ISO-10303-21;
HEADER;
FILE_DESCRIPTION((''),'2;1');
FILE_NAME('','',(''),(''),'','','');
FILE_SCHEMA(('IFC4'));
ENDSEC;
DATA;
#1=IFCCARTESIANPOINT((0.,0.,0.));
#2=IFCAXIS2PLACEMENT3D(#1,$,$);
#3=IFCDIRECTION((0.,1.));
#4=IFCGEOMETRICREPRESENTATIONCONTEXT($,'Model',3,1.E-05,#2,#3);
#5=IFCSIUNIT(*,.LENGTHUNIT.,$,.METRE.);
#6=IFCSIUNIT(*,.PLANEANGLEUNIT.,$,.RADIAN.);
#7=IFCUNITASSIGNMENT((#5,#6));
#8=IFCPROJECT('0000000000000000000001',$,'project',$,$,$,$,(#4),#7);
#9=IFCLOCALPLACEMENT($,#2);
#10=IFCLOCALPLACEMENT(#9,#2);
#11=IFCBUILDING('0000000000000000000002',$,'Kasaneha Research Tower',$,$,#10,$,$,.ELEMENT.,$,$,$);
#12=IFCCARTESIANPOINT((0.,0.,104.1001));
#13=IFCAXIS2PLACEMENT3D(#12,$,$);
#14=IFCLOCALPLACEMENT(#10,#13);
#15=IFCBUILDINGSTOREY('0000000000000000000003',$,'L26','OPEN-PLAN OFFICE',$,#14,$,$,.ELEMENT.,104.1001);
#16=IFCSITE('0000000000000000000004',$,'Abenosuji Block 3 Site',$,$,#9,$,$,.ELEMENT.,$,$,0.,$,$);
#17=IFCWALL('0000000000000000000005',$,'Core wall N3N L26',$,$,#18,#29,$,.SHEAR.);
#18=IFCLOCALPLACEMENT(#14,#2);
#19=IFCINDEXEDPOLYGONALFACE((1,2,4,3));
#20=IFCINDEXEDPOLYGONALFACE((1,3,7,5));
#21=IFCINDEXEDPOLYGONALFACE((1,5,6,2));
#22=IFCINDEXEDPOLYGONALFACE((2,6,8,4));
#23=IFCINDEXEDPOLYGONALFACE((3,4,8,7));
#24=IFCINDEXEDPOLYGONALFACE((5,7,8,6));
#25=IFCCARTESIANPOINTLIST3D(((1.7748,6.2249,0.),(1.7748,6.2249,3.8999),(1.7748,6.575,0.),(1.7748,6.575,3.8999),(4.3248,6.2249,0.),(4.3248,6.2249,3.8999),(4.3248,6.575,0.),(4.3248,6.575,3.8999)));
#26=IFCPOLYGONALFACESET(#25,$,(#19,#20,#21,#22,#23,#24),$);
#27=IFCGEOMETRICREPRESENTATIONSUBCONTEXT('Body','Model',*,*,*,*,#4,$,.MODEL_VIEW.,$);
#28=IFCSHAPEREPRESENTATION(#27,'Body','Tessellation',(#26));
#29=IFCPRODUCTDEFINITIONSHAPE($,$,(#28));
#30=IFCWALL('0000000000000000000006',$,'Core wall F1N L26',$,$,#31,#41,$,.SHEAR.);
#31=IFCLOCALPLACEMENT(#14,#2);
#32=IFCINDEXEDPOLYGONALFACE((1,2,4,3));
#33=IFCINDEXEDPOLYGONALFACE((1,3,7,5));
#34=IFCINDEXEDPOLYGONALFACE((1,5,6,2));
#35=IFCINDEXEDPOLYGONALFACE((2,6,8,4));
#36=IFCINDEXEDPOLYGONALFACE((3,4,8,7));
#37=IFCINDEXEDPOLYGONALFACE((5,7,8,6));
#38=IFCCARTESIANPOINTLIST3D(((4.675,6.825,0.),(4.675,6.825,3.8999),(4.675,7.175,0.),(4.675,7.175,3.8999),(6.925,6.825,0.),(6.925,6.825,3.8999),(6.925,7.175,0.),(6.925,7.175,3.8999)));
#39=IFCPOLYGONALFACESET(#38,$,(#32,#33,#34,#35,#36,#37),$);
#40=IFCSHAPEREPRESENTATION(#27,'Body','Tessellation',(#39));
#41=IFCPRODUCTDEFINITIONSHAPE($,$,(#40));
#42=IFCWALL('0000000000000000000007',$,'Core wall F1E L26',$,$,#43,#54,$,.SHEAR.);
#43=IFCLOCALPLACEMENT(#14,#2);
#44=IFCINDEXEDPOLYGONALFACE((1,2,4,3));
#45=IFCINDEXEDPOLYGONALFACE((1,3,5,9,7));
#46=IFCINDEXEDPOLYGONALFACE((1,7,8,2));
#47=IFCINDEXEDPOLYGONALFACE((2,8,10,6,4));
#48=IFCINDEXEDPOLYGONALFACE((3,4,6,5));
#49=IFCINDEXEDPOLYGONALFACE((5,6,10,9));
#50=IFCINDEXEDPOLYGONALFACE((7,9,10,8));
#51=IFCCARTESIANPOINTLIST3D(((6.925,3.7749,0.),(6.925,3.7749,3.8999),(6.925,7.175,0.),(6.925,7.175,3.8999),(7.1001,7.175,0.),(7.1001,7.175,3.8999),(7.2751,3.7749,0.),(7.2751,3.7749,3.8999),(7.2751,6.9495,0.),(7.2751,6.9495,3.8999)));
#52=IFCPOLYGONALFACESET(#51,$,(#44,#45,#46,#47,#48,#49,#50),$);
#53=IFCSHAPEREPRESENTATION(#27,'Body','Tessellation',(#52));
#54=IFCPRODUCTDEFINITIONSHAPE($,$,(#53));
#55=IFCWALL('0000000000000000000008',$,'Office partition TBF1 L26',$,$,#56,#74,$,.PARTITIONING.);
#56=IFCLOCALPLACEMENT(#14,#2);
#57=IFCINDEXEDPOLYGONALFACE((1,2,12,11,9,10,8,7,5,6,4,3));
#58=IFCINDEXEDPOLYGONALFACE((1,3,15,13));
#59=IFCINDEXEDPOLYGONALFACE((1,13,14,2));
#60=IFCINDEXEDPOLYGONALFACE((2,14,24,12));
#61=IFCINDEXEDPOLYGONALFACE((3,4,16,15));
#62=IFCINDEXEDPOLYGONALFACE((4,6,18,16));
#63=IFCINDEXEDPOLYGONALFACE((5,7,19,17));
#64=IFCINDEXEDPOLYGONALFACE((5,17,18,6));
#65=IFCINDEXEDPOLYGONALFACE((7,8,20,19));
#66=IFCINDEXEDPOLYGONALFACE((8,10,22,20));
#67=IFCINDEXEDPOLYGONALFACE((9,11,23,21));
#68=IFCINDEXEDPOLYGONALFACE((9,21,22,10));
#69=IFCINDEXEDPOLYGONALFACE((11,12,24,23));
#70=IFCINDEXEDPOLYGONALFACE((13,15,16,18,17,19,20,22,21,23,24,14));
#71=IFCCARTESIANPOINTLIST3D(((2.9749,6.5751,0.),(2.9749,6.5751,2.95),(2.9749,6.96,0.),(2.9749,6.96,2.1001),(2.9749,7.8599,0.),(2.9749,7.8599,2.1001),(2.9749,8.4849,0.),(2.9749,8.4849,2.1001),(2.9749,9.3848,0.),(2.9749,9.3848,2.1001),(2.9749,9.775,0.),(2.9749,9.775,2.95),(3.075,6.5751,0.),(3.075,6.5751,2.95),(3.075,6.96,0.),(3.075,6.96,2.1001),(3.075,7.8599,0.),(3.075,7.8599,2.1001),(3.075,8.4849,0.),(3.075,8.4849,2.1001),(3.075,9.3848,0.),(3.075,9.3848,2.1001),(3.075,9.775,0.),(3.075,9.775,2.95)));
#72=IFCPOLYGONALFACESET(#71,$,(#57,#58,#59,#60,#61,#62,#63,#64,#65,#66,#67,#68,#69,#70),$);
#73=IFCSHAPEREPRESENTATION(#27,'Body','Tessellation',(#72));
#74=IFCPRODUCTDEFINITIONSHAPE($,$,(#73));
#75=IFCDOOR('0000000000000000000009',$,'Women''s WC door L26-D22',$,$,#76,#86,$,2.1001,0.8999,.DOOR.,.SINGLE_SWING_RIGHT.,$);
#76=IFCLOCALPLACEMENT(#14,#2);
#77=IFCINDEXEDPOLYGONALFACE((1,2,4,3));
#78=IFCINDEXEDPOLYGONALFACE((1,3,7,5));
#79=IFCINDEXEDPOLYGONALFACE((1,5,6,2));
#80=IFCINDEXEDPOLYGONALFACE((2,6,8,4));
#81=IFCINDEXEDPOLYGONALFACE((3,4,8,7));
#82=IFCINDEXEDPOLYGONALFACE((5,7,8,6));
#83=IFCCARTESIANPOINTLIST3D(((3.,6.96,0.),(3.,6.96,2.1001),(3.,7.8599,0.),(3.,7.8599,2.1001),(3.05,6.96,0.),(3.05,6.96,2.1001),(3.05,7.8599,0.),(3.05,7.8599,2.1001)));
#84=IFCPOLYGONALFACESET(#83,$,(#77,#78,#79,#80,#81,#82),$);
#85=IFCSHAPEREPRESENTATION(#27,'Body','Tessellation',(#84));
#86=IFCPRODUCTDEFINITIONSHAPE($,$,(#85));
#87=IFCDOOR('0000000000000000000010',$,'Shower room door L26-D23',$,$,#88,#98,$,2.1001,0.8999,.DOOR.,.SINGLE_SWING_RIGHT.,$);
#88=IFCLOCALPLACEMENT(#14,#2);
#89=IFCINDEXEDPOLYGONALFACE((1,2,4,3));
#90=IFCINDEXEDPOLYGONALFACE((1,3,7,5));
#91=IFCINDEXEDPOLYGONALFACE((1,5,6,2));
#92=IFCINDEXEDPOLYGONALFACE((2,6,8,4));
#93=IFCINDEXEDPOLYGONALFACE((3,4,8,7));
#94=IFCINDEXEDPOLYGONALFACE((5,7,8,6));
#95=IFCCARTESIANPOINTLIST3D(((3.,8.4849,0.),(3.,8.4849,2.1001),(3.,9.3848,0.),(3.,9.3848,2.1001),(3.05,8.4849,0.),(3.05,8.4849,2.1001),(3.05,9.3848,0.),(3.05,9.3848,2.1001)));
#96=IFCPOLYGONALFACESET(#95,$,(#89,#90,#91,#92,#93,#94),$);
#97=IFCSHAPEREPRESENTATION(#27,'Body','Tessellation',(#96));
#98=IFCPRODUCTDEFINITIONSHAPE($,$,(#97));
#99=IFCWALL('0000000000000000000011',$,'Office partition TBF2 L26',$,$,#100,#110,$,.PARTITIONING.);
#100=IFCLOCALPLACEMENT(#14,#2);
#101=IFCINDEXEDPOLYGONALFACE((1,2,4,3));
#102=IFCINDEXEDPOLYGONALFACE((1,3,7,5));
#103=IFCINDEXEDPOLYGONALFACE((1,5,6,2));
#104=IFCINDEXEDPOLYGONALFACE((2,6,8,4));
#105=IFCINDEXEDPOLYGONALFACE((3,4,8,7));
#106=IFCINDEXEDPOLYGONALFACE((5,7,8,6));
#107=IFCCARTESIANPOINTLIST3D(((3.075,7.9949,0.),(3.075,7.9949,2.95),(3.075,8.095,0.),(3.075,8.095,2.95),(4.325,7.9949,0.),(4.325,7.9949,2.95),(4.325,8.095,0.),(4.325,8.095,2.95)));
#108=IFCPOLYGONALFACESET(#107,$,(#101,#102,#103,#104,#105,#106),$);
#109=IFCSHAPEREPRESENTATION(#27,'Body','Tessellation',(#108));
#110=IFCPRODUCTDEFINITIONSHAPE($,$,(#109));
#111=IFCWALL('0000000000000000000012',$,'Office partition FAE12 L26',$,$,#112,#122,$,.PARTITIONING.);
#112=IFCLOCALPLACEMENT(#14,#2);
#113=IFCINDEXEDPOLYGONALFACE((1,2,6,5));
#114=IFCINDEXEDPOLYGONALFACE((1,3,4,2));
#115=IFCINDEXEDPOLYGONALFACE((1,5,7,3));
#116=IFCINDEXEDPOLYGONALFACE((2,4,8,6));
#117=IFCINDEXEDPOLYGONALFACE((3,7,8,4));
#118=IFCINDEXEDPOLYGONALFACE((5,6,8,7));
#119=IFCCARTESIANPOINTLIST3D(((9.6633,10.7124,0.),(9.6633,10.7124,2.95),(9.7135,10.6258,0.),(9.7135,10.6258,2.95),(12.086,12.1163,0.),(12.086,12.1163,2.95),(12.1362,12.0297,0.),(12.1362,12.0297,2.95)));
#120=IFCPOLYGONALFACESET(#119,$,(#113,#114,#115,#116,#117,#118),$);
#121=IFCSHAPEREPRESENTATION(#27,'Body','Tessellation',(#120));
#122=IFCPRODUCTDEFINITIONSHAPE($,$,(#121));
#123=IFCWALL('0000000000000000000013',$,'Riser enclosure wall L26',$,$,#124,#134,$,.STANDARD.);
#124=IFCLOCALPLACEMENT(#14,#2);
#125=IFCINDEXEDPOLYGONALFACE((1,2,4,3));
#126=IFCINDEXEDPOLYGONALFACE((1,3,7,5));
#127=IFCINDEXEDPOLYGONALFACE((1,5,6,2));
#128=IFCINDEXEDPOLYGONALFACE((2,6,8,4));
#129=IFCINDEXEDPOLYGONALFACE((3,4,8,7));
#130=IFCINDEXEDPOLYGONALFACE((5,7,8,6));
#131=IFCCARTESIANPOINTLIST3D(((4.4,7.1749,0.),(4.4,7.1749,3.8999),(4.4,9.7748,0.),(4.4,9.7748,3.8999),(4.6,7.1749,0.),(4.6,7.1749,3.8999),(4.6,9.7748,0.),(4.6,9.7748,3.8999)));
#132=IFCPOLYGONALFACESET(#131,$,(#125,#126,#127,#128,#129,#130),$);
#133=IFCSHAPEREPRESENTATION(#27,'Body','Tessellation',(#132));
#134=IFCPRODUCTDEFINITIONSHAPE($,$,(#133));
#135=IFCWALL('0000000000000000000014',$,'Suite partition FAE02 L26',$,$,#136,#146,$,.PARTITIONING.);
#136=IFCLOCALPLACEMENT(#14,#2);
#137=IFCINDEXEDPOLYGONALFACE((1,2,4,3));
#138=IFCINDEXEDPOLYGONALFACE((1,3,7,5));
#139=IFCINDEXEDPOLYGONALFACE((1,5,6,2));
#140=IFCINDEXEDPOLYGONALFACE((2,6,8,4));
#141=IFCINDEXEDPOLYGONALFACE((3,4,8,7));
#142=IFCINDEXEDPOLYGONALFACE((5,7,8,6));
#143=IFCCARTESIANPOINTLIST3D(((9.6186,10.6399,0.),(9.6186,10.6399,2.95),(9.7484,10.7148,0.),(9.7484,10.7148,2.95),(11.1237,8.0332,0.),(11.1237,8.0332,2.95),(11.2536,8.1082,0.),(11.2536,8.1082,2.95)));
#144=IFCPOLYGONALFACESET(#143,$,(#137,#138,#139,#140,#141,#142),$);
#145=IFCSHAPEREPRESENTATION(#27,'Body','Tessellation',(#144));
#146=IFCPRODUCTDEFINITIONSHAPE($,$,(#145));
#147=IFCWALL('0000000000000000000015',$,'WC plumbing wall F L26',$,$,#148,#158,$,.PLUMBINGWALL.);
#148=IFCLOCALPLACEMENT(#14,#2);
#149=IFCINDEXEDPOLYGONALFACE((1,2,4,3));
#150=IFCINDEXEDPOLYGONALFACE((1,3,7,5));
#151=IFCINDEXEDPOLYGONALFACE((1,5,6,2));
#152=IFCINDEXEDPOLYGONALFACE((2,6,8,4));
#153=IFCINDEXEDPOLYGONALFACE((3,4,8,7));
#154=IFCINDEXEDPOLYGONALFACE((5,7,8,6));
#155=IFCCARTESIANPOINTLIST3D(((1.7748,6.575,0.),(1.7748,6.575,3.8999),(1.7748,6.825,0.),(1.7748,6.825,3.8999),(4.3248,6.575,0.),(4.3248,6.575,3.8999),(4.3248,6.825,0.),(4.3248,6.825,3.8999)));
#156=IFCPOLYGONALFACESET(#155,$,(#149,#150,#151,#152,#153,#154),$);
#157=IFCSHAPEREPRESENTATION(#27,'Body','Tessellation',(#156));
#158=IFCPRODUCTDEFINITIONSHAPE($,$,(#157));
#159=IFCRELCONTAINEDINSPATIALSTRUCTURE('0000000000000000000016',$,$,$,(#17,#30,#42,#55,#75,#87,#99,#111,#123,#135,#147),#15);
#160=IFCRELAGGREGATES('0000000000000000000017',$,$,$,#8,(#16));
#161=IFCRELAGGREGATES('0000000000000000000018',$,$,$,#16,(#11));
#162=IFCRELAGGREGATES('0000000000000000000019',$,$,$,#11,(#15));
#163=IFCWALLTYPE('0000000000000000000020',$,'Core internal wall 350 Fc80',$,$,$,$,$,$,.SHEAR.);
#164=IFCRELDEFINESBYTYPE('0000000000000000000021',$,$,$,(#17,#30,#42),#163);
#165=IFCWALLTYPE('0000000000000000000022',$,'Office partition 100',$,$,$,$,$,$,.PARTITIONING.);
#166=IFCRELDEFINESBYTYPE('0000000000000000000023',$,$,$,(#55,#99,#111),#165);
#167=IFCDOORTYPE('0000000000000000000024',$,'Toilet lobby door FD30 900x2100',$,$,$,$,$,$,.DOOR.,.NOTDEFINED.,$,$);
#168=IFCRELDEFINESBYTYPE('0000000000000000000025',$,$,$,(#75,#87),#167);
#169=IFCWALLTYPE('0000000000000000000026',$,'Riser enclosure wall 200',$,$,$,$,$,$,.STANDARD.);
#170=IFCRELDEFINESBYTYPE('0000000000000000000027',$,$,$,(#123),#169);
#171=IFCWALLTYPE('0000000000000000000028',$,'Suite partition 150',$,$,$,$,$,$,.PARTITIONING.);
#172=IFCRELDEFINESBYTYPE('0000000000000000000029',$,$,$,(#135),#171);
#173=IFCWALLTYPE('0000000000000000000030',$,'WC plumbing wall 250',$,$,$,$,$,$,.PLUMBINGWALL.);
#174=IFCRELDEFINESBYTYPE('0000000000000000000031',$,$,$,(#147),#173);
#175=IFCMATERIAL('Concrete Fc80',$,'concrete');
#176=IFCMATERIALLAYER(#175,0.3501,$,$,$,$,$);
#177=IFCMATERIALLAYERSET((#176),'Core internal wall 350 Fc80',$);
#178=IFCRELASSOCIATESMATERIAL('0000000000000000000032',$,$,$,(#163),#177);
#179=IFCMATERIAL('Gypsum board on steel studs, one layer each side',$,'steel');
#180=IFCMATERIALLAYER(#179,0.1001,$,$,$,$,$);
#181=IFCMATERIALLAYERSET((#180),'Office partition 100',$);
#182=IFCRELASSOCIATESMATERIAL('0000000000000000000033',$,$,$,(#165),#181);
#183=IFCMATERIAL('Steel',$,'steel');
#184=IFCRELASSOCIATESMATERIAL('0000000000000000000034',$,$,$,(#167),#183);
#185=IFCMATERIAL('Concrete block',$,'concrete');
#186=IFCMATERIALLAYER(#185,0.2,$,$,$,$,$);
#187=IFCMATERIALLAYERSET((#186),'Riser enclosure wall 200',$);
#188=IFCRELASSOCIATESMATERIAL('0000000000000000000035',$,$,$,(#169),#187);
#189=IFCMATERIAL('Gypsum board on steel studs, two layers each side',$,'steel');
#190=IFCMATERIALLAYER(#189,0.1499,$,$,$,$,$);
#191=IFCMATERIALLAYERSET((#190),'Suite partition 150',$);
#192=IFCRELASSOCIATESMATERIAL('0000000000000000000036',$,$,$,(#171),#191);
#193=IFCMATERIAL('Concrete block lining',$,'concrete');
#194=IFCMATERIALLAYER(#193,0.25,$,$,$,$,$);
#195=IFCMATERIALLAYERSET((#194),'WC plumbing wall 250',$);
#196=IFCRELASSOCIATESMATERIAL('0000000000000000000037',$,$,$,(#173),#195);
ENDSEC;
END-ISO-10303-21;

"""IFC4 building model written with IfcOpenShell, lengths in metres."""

from ifc_helpers import new_model, si_unit, direction, frame, frame_2d, origin, place, context, subcontext, project, spatial, polyline, rectangle, outline, extrude, material, layer, layer_set, type_object, element, fill, save


model = new_model("IFC4")

# Units and contexts
model_context = context("Model", 3, precision=1e-05, world=origin(), true_north=direction((0.0, 1.0)))
body_context = subcontext(model_context, "Body", "Model", "MODEL_VIEW")
ifc_project = project(units=[si_unit("LENGTHUNIT", "METRE"), si_unit("PLANEANGLEUNIT", "RADIAN")], contexts=[model_context])

# Site, building, storey
site_placement = place(None, origin())
site = spatial("IfcSite", under=ifc_project, at=site_placement, Name="Abenosuji Block 3 Site", CompositionType="ELEMENT", RefElevation=0.0)
building_placement = place(site_placement, origin())
building = spatial("IfcBuilding", under=site, at=building_placement, Name="Kasaneha Research Tower", CompositionType="ELEMENT")
storey_placement = place(building_placement, frame((0.0, 0.0, 104.1001)))
storey = spatial("IfcBuildingStorey", under=building, at=storey_placement, Name="L26", Description="OPEN-PLAN OFFICE", CompositionType="ELEMENT", Elevation=104.1001)

# Shared definitions
ifc_material_1 = material(Name="Concrete Fc80", Category="concrete")
ifc_layer_1 = layer(ifc_material_1, 0.3501)
ifc_layer_set_1 = layer_set([ifc_layer_1], Name="Core internal wall 350 Fc80")
wall_type_1 = type_object("IfcWallType", Name="Core internal wall 350 Fc80", PredefinedType="SHEAR", material=ifc_layer_set_1)

# Walls
wall_1_placement = place(storey_placement, frame((1.7749, 6.3999, 0.0), z_axis=(0.0, 0.0, 1.0), x_axis=(1.0, 0.0, 0.0)))
element("IfcWall", 1, at=wall_1_placement, inside=storey, type_object=wall_type_1, Name="Core wall N3N L26", PredefinedType="SHEAR", context=body_context, shape_type="SweptSolid", body=[
    extrude(rectangle(XDim=2.55, YDim=0.3501, at=frame_2d((1.2749, 0.0))), origin(), (0.0, 0.0, 1.0), 3.8999),
])
wall_2_placement = place(storey_placement, frame((4.675, 7.0, 0.0), z_axis=(0.0, 0.0, 1.0), x_axis=(1.0, 0.0, 0.0)))
element("IfcWall", 2, at=wall_2_placement, inside=storey, type_object=wall_type_1, Name="Core wall F1N L26", PredefinedType="SHEAR", context=body_context, shape_type="SweptSolid", body=[
    extrude(rectangle(XDim=2.25, YDim=0.3501, at=frame_2d((1.125, 0.0))), origin(), (0.0, 0.0, 1.0), 3.8999),
])
wall_3_placement = place(storey_placement, frame((7.1001, 3.7749, 0.0), z_axis=(0.0, 0.0, 1.0), x_axis=(0.0, 1.0, 0.0)))
element("IfcWall", 3, at=wall_3_placement, inside=storey, type_object=wall_type_1, Name="Core wall F1E L26", PredefinedType="SHEAR", context=body_context, shape_type="SweptSolid", body=[
    extrude(outline(polyline([(0.0, -0.175), (3.1746, -0.175), (3.4001, 0.0), (3.4001, 0.175), (0.0, 0.175), (0.0, -0.175)])), origin(), (0.0, 0.0, 1.0), 3.8999),
])

# Wall, openings, doors
ifc_material_2 = material(Name="Gypsum board on steel studs, one layer each side", Category="steel")
ifc_layer_2 = layer(ifc_material_2, 0.1001)
ifc_layer_set_2 = layer_set([ifc_layer_2], Name="Office partition 100")
wall_type_2 = type_object("IfcWallType", Name="Office partition 100", PredefinedType="PARTITIONING", material=ifc_layer_set_2)
wall_4_placement = place(storey_placement, frame((3.0249, 6.575, 0.0), z_axis=(0.0, 0.0, 1.0), x_axis=(0.0, 1.0, 0.0)))
wall_4 = element("IfcWall", 4, at=wall_4_placement, inside=storey, type_object=wall_type_2, Name="Office partition TBF1 L26", PredefinedType="PARTITIONING", context=body_context, shape_type="SweptSolid", body=[
    extrude(rectangle(XDim=3.2, YDim=0.1001, at=frame_2d((1.6001, 0.0))), origin(), (0.0, 0.0, 1.0), 2.95),
])
opening_1_placement = place(wall_4_placement, frame((0.385, 0.0, 0.0)))
opening_1 = element("IfcOpeningElement", 5, at=opening_1_placement, cuts=wall_4, PredefinedType="OPENING", context=body_context, shape_type="SweptSolid", body=[
    extrude(rectangle(XDim=0.8999, YDim=2.1001, at=frame_2d((0.45, 1.05))), frame((0.0, 0.0601, 0.0), z_axis=(0.0, -1.0, 0.0), x_axis=(1.0, 0.0, 0.0)), (0.0, 0.0, 1.0), 0.1201),
])
opening_2_placement = place(wall_4_placement, frame((1.9099, 0.0, 0.0)))
opening_2 = element("IfcOpeningElement", 6, at=opening_2_placement, cuts=wall_4, PredefinedType="OPENING", context=body_context, shape_type="SweptSolid", body=[
    extrude(rectangle(XDim=0.8999, YDim=2.1001, at=frame_2d((0.45, 1.05))), frame((0.0, 0.0601, 0.0), z_axis=(0.0, -1.0, 0.0), x_axis=(1.0, 0.0, 0.0)), (0.0, 0.0, 1.0), 0.1201),
])
ifc_material_3 = material(Name="Steel", Category="steel")
door_type_1 = type_object("IfcDoorType", Name="Toilet lobby door FD30 900x2100", OperationType="NOTDEFINED", PredefinedType="DOOR", material=ifc_material_3)
door_1_placement = place(opening_1_placement, origin())
door_1 = element("IfcDoor", 7, at=door_1_placement, inside=storey, type_object=door_type_1, Name="Women's WC door L26-D22", OperationType="SINGLE_SWING_RIGHT", OverallHeight=2.1001, OverallWidth=0.8999, PredefinedType="DOOR", context=body_context, shape_type="SweptSolid", body=[
    extrude(rectangle(XDim=0.8999, YDim=2.1001, at=frame_2d((0.45, 1.05))), frame((0.0, 0.0249, 0.0), z_axis=(0.0, -1.0, 0.0), x_axis=(1.0, 0.0, 0.0)), (0.0, 0.0, 1.0), 0.05),
])
fill(opening_1, door_1)
door_2_placement = place(opening_2_placement, origin())
door_2 = element("IfcDoor", 8, at=door_2_placement, inside=storey, type_object=door_type_1, Name="Shower room door L26-D23", OperationType="SINGLE_SWING_RIGHT", OverallHeight=2.1001, OverallWidth=0.8999, PredefinedType="DOOR", context=body_context, shape_type="SweptSolid", body=[
    extrude(rectangle(XDim=0.8999, YDim=2.1001, at=frame_2d((0.45, 1.05))), frame((0.0, 0.0249, 0.0), z_axis=(0.0, -1.0, 0.0), x_axis=(1.0, 0.0, 0.0)), (0.0, 0.0, 1.0), 0.05),
])
fill(opening_2, door_2)

# Walls
wall_5_placement = place(storey_placement, frame((3.075, 8.0449, 0.0), z_axis=(0.0, 0.0, 1.0), x_axis=(1.0, 0.0, 0.0)))
element("IfcWall", 9, at=wall_5_placement, inside=storey, type_object=wall_type_2, Name="Office partition TBF2 L26", PredefinedType="PARTITIONING", context=body_context, shape_type="SweptSolid", body=[
    extrude(rectangle(XDim=1.25, YDim=0.1001, at=frame_2d((0.625, 0.0))), origin(), (0.0, 0.0, 1.0), 2.95),
])
wall_6_placement = place(storey_placement, frame((9.6885, 10.6692, 0.0), z_axis=(0.0, 0.0, 1.0), x_axis=(0.865233, 0.50137, 0.0)))
element("IfcWall", 10, at=wall_6_placement, inside=storey, type_object=wall_type_2, Name="Office partition FAE12 L26", PredefinedType="PARTITIONING", context=body_context, shape_type="SweptSolid", body=[
    extrude(rectangle(XDim=2.8, YDim=0.1001, at=frame_2d((1.3999, 0.0))), origin(), (0.0, 0.0, 1.0), 2.95),
])
ifc_material_4 = material(Name="Concrete block", Category="concrete")
ifc_layer_3 = layer(ifc_material_4, 0.2)
ifc_layer_set_3 = layer_set([ifc_layer_3], Name="Riser enclosure wall 200")
wall_type_3 = type_object("IfcWallType", Name="Riser enclosure wall 200", PredefinedType="STANDARD", material=ifc_layer_set_3)
wall_7_placement = place(storey_placement, frame((4.5, 7.175, 0.0), z_axis=(0.0, 0.0, 1.0), x_axis=(0.0, 1.0, 0.0)))
element("IfcWall", 11, at=wall_7_placement, inside=storey, type_object=wall_type_3, Name="Riser enclosure wall L26", PredefinedType="STANDARD", context=body_context, shape_type="SweptSolid", body=[
    extrude(rectangle(XDim=2.5999, YDim=0.2, at=frame_2d((1.2998, 0.0))), origin(), (0.0, 0.0, 1.0), 3.8999),
])
ifc_material_5 = material(Name="Gypsum board on steel studs, two layers each side", Category="steel")
ifc_layer_4 = layer(ifc_material_5, 0.1499)
ifc_layer_set_4 = layer_set([ifc_layer_4], Name="Suite partition 150")
wall_type_4 = type_object("IfcWallType", Name="Suite partition 150", PredefinedType="PARTITIONING", material=ifc_layer_set_4)
wall_8_placement = place(storey_placement, frame((9.6836, 10.6772, 0.0), z_axis=(0.0, 0.0, 1.0), x_axis=(0.500038, -0.866003, 0.0)))
element("IfcWall", 12, at=wall_8_placement, inside=storey, type_object=wall_type_4, Name="Suite partition FAE02 L26", PredefinedType="PARTITIONING", context=body_context, shape_type="SweptSolid", body=[
    extrude(rectangle(XDim=3.01, YDim=0.1499, at=frame_2d((1.5049, 0.0))), origin(), (0.0, 0.0, 1.0), 2.95),
])
ifc_material_6 = material(Name="Concrete block lining", Category="concrete")
ifc_layer_5 = layer(ifc_material_6, 0.25)
ifc_layer_set_5 = layer_set([ifc_layer_5], Name="WC plumbing wall 250")
wall_type_5 = type_object("IfcWallType", Name="WC plumbing wall 250", PredefinedType="PLUMBINGWALL", material=ifc_layer_set_5)
wall_9_placement = place(storey_placement, frame((1.7749, 6.7, 0.0), z_axis=(0.0, 0.0, 1.0), x_axis=(1.0, 0.0, 0.0)))
element("IfcWall", 13, at=wall_9_placement, inside=storey, type_object=wall_type_5, Name="WC plumbing wall F L26", PredefinedType="PLUMBINGWALL", context=body_context, shape_type="SweptSolid", body=[
    extrude(rectangle(XDim=2.55, YDim=0.25, at=frame_2d((1.2749, 0.0))), origin(), (0.0, 0.0, 1.0), 3.8999),
])

save(model, "model.ifc")
